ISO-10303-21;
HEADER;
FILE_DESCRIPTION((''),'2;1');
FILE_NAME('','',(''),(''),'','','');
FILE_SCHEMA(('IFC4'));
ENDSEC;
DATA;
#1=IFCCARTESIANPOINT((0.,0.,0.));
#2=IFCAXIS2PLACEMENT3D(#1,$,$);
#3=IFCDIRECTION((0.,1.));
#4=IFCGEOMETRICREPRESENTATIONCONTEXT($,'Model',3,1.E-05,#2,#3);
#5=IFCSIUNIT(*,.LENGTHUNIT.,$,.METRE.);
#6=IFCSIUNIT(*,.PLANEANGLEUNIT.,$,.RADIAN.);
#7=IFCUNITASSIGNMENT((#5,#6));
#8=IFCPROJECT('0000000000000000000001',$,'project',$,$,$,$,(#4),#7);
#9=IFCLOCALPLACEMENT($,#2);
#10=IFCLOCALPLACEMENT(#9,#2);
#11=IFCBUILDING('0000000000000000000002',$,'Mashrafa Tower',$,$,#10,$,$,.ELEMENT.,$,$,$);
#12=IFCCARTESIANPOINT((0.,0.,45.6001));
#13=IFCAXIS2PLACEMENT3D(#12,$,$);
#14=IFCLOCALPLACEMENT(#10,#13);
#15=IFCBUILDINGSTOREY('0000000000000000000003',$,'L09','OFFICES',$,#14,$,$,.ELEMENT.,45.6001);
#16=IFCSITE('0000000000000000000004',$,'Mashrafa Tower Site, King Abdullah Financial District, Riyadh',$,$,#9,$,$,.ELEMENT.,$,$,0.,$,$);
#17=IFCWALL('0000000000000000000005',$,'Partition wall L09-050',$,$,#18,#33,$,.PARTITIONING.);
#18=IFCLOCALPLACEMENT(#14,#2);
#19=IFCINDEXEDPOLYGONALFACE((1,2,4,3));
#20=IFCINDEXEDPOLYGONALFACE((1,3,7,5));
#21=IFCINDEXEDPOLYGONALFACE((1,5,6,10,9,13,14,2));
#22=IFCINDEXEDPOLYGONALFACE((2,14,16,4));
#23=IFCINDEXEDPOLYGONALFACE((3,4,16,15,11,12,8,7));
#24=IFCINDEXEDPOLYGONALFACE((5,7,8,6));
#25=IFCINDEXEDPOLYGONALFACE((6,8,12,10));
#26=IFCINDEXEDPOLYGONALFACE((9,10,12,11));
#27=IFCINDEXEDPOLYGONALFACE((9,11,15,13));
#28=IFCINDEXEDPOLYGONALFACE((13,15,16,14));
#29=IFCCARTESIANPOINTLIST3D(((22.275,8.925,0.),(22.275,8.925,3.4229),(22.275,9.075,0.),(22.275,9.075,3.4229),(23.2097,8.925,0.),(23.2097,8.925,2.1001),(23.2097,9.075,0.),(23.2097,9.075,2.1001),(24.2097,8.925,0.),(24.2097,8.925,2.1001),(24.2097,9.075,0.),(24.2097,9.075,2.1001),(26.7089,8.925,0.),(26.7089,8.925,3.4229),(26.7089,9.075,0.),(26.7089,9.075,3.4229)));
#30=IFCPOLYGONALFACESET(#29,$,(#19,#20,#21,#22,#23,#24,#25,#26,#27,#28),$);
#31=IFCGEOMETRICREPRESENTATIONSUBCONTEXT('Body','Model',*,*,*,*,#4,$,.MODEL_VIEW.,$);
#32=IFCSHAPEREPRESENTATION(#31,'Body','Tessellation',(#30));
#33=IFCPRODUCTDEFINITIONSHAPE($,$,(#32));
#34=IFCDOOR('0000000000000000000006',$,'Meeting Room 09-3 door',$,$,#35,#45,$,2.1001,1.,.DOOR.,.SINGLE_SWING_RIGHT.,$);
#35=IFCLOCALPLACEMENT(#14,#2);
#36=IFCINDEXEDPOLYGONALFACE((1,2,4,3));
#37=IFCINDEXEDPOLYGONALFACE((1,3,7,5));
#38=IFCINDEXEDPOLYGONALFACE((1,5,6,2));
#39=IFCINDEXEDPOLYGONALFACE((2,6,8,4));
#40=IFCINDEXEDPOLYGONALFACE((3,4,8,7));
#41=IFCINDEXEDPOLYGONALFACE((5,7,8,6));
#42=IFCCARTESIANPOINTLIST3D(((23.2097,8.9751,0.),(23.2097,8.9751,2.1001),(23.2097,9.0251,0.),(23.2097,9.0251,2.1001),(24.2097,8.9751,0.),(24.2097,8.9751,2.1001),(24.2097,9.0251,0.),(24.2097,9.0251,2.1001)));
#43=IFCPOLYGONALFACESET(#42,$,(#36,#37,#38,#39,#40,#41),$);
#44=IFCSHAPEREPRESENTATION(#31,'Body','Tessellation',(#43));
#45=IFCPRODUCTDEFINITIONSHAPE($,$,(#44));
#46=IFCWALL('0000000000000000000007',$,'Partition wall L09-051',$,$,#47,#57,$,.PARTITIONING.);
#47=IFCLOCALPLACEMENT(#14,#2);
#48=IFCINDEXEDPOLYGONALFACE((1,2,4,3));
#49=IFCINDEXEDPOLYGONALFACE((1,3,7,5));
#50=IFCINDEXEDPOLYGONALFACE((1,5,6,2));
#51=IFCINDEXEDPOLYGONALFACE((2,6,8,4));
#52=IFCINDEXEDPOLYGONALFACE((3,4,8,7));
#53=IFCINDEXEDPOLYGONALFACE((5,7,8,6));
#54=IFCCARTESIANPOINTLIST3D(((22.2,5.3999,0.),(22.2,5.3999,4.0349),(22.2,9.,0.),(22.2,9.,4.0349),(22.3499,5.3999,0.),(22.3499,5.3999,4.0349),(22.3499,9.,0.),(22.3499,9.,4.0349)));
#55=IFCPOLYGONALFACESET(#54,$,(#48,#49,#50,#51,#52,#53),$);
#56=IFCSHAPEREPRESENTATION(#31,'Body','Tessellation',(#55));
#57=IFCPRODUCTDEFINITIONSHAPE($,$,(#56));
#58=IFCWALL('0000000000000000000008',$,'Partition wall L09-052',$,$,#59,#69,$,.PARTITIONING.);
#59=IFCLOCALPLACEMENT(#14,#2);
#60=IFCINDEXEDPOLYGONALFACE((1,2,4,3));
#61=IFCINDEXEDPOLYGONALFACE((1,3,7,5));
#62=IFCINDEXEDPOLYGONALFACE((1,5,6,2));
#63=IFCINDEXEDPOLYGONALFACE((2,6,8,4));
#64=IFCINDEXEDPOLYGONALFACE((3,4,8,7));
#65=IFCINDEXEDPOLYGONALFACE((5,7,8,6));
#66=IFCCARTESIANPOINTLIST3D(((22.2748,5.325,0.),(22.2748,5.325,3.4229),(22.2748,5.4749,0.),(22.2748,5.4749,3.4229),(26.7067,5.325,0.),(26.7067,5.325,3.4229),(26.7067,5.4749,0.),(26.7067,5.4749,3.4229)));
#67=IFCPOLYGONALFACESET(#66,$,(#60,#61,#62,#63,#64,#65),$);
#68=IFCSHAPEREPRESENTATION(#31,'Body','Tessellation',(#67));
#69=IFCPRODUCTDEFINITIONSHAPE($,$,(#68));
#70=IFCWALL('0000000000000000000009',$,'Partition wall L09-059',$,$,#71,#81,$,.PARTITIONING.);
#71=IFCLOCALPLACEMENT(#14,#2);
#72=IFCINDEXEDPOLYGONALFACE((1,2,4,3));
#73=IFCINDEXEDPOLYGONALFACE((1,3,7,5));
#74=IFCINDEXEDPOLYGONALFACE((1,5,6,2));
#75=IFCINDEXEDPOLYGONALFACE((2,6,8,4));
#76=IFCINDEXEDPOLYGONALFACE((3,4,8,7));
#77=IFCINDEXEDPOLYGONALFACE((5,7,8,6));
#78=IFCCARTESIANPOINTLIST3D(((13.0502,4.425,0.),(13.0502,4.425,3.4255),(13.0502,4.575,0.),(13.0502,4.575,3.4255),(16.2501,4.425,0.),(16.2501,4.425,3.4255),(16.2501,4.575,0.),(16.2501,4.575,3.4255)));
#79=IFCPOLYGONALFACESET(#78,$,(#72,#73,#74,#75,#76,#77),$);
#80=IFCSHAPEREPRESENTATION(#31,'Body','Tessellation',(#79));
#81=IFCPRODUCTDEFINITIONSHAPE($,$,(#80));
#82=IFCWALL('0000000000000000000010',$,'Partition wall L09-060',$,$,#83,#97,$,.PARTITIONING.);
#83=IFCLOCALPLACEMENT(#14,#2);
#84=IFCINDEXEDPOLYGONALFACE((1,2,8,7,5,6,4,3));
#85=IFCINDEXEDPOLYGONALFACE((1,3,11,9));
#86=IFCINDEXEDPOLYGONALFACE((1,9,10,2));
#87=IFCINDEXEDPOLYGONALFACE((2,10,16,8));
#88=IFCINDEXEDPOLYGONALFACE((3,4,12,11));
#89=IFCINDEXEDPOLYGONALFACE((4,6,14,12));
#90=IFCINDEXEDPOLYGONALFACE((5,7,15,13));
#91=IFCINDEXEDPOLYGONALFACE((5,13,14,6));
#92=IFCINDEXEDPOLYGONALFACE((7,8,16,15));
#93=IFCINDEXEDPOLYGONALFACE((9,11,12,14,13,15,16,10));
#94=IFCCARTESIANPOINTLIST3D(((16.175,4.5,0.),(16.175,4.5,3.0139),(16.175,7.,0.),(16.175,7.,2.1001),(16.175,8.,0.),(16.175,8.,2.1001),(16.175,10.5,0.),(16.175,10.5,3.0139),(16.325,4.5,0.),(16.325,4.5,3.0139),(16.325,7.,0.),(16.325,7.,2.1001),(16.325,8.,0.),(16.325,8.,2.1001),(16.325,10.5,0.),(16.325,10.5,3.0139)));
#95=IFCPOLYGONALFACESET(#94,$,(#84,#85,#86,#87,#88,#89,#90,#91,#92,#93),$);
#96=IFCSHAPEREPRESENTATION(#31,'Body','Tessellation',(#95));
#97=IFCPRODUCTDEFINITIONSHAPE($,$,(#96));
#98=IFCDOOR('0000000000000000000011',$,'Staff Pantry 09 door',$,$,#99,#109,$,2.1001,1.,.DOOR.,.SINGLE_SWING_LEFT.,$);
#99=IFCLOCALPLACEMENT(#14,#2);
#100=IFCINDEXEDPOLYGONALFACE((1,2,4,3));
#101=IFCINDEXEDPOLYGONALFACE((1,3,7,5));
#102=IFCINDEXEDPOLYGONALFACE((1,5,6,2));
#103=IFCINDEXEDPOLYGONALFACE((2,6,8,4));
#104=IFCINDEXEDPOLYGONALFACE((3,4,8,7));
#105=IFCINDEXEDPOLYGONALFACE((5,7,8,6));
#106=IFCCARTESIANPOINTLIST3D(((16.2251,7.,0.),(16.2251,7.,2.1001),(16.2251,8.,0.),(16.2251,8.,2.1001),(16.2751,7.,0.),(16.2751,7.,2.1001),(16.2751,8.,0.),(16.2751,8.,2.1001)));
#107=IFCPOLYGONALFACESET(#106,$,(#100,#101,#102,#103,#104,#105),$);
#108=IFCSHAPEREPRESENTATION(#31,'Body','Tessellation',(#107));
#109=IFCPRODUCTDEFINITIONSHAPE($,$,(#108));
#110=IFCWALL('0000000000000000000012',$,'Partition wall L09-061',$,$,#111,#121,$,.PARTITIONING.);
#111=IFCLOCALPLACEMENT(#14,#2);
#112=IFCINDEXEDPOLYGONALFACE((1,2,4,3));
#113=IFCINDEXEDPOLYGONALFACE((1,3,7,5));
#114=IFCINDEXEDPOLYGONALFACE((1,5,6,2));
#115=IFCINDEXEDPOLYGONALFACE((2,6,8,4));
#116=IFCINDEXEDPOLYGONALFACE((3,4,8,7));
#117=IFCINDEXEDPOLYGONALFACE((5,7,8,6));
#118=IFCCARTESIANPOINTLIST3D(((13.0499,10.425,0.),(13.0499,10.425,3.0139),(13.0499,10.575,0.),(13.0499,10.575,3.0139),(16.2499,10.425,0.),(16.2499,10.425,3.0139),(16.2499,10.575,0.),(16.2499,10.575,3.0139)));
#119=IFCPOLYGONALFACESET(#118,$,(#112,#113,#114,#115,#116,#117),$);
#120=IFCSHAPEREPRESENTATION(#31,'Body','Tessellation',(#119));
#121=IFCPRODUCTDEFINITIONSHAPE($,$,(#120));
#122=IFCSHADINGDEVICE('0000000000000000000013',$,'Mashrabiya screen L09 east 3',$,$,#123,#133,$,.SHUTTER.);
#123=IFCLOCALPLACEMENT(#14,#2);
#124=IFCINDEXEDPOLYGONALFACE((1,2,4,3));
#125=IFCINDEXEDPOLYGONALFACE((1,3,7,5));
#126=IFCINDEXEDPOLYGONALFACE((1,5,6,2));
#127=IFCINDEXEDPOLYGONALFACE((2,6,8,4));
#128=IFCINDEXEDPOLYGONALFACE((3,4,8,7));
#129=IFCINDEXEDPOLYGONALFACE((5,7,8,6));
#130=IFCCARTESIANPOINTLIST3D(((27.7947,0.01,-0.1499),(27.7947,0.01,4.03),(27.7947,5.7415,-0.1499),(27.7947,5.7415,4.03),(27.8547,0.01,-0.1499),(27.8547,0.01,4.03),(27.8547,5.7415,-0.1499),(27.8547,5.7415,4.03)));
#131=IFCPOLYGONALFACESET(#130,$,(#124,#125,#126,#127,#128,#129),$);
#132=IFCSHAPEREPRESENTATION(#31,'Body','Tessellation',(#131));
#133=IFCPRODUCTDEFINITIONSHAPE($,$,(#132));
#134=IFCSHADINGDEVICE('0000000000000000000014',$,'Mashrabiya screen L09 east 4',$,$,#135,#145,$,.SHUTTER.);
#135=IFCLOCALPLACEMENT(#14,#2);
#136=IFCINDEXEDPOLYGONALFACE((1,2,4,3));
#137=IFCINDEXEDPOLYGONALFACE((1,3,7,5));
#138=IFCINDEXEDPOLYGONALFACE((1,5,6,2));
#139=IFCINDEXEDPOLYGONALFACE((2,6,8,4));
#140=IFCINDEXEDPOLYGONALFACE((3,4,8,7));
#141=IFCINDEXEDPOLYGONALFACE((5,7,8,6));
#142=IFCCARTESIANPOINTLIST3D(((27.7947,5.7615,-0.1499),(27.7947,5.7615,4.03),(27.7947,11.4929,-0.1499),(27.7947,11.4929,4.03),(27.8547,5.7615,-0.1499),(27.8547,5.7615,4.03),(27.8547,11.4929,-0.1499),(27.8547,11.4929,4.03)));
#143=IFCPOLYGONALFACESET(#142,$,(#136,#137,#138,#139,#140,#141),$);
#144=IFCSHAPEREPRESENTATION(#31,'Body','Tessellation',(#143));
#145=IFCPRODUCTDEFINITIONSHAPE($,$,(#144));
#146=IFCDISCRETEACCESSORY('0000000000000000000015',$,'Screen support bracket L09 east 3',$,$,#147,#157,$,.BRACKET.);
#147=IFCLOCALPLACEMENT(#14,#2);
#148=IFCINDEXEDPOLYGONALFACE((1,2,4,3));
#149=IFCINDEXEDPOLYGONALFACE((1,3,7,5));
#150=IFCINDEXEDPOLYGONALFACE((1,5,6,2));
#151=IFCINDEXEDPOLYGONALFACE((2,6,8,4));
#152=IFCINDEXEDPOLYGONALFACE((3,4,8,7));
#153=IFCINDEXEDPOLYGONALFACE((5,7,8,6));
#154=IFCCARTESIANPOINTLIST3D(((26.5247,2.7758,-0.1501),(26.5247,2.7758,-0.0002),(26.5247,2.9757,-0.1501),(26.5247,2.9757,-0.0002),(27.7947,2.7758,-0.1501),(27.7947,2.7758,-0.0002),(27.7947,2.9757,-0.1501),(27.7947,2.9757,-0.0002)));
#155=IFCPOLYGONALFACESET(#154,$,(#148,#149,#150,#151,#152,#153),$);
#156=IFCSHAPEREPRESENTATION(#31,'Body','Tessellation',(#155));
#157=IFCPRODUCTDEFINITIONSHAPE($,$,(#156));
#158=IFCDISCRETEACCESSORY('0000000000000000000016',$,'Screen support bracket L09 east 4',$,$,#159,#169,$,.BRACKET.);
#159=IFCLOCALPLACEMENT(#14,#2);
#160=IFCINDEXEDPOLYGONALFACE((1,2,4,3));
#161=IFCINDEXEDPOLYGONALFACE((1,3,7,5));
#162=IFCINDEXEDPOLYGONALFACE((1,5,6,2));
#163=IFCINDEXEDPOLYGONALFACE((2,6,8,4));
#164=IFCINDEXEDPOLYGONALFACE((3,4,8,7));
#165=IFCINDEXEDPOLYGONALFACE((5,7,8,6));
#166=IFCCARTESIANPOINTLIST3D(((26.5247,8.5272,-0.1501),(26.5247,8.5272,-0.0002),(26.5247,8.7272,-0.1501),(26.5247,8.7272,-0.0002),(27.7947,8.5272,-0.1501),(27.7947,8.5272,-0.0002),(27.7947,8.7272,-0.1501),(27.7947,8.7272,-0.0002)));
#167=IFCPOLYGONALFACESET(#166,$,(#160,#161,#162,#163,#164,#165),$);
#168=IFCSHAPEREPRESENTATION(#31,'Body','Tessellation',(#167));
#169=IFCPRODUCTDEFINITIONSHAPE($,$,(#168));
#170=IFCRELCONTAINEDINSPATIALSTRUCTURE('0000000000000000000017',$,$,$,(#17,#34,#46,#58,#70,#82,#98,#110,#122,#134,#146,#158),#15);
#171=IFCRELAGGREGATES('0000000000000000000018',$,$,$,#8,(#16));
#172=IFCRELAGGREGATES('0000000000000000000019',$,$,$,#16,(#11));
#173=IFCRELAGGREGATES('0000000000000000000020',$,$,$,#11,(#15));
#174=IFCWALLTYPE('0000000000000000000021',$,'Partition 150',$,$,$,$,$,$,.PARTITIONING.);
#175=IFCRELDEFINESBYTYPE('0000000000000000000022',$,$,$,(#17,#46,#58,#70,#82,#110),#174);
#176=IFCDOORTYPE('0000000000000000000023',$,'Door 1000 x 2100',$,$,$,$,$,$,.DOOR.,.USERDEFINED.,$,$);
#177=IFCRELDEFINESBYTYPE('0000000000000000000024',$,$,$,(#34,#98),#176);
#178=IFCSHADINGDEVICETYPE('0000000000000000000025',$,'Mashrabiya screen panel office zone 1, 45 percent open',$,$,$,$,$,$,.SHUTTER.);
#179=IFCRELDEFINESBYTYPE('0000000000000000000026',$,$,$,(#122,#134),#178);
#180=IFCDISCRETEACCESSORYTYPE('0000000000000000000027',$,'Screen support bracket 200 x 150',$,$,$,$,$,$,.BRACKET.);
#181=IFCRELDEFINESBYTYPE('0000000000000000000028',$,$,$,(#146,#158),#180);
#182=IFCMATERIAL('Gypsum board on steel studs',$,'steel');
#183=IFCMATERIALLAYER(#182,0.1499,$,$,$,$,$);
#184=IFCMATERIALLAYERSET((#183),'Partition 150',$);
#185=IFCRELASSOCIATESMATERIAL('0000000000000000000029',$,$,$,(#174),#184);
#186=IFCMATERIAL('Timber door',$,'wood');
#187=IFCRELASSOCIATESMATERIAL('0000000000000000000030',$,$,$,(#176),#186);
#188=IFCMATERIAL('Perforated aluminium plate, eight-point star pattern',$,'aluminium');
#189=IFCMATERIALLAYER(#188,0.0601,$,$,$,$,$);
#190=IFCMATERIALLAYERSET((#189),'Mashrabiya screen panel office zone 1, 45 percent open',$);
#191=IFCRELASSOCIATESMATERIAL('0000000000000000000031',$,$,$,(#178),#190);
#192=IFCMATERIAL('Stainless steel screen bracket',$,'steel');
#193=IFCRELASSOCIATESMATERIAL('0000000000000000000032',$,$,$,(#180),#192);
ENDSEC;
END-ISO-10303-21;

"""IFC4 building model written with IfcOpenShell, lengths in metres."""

from ifc_helpers import new_model, si_unit, direction, frame, frame_2d, origin, origin_2d, place, context, subcontext, project, spatial, rectangle, extrude, source, transform, mapped, material, layer, layer_set, type_object, type_shapes, element, fill, save


model = new_model("IFC4")

# Units and contexts
model_context = context("Model", 3, precision=1e-05, world=origin(), true_north=direction((0.0, 1.0)))
body_context = subcontext(model_context, "Body", "Model", "MODEL_VIEW")
ifc_project = project(units=[si_unit("LENGTHUNIT", "METRE"), si_unit("PLANEANGLEUNIT", "RADIAN")], contexts=[model_context])

# Site, building, storey
site_placement = place(None, origin())
site = spatial("IfcSite", under=ifc_project, at=site_placement, Name="Mashrafa Tower Site, King Abdullah Financial District, Riyadh", CompositionType="ELEMENT", RefElevation=0.0)
building_placement = place(site_placement, origin())
building = spatial("IfcBuilding", under=site, at=building_placement, Name="Mashrafa Tower", CompositionType="ELEMENT")
storey_placement = place(building_placement, frame((0.0, 0.0, 45.6001)))
storey = spatial("IfcBuildingStorey", under=building, at=storey_placement, Name="L09", Description="OFFICES", CompositionType="ELEMENT", Elevation=45.6001)

# Wall, opening, door
ifc_material_1 = material(Name="Gypsum board on steel studs", Category="steel")
ifc_layer_1 = layer(ifc_material_1, 0.1499)
ifc_layer_set_1 = layer_set([ifc_layer_1], Name="Partition 150")
wall_type_1 = type_object("IfcWallType", Name="Partition 150", PredefinedType="PARTITIONING", material=ifc_layer_set_1)
wall_1_placement = place(storey_placement, frame((26.7087, 9.0, 0.0), z_axis=(0.0, 0.0, 1.0), x_axis=(-1.0, 0.0, 0.0)))
wall_1 = element("IfcWall", 1, at=wall_1_placement, inside=storey, type_object=wall_type_1, Name="Partition wall L09-050", PredefinedType="PARTITIONING", context=body_context, shape_type="SweptSolid", body=[
    extrude(rectangle(XDim=4.4338, YDim=0.1499, at=frame_2d((2.2168, 0.0))), origin(), (0.0, 0.0, 1.0), 3.4229),
])
opening_1_placement = place(wall_1_placement, frame((2.499, 0.0, 0.0)))
opening_1 = element("IfcOpeningElement", 2, at=opening_1_placement, cuts=wall_1, PredefinedType="OPENING", context=body_context, shape_type="SweptSolid", body=[
    extrude(rectangle(XDim=1.0, YDim=2.1001, at=frame_2d((0.5, 1.05))), frame((0.0, 0.085, 0.0), z_axis=(0.0, -1.0, 0.0), x_axis=(1.0, 0.0, 0.0)), (0.0, 0.0, 1.0), 0.1699),
])
ifc_material_2 = material(Name="Timber door", Category="wood")
door_type = type_object("IfcDoorType", Name="Door 1000 x 2100", OperationType="USERDEFINED", PredefinedType="DOOR", material=ifc_material_2)
door_1_placement = place(opening_1_placement, origin())
door_1 = element("IfcDoor", 3, at=door_1_placement, inside=storey, type_object=door_type, Name="Meeting Room 09-3 door", OperationType="SINGLE_SWING_RIGHT", OverallHeight=2.1001, OverallWidth=1.0, PredefinedType="DOOR", context=body_context, shape_type="SweptSolid", body=[
    extrude(rectangle(XDim=1.0, YDim=2.1001, at=frame_2d((0.5, 1.05))), frame((0.0, 0.0249, 0.0), z_axis=(0.0, -1.0, 0.0), x_axis=(1.0, 0.0, 0.0)), (0.0, 0.0, 1.0), 0.05),
])
fill(opening_1, door_1)

# Walls
wall_2_placement = place(storey_placement, frame((22.2749, 9.0, 0.0), z_axis=(0.0, 0.0, 1.0), x_axis=(0.0, -1.0, 0.0)))
element("IfcWall", 4, at=wall_2_placement, inside=storey, type_object=wall_type_1, Name="Partition wall L09-051", PredefinedType="PARTITIONING", context=body_context, shape_type="SweptSolid", body=[
    extrude(rectangle(XDim=3.6001, YDim=0.1499, at=frame_2d((1.8, 0.0))), origin(), (0.0, 0.0, 1.0), 4.0349),
])
wall_3_placement = place(storey_placement, frame((22.2749, 5.3999, 0.0), z_axis=(0.0, 0.0, 1.0), x_axis=(1.0, 0.0, 0.0)))
element("IfcWall", 5, at=wall_3_placement, inside=storey, type_object=wall_type_1, Name="Partition wall L09-052", PredefinedType="PARTITIONING", context=body_context, shape_type="SweptSolid", body=[
    extrude(rectangle(XDim=4.4319, YDim=0.1499, at=frame_2d((2.2158, 0.0))), origin(), (0.0, 0.0, 1.0), 3.4229),
])
wall_4_placement = place(storey_placement, frame((13.05, 4.5, 0.0), z_axis=(0.0, 0.0, 1.0), x_axis=(1.0, 0.0, 0.0)))
element("IfcWall", 6, at=wall_4_placement, inside=storey, type_object=wall_type_1, Name="Partition wall L09-059", PredefinedType="PARTITIONING", context=body_context, shape_type="SweptSolid", body=[
    extrude(rectangle(XDim=3.2, YDim=0.1499, at=frame_2d((1.6001, 0.0))), origin(), (0.0, 0.0, 1.0), 3.4255),
])

# Wall, opening, door
wall_5_placement = place(storey_placement, frame((16.25, 4.5, 0.0), z_axis=(0.0, 0.0, 1.0), x_axis=(0.0, 1.0, 0.0)))
wall_5 = element("IfcWall", 7, at=wall_5_placement, inside=storey, type_object=wall_type_1, Name="Partition wall L09-060", PredefinedType="PARTITIONING", context=body_context, shape_type="SweptSolid", body=[
    extrude(rectangle(XDim=6.0, YDim=0.1499, at=frame_2d((3.0, 0.0))), origin(), (0.0, 0.0, 1.0), 3.0139),
])
opening_2_placement = place(wall_5_placement, frame((2.5, 0.0, 0.0)))
opening_2 = element("IfcOpeningElement", 8, at=opening_2_placement, cuts=wall_5, PredefinedType="OPENING", context=body_context, shape_type="SweptSolid", body=[
    extrude(rectangle(XDim=1.0, YDim=2.1001, at=frame_2d((0.5, 1.05))), frame((0.0, 0.085, 0.0), z_axis=(0.0, -1.0, 0.0), x_axis=(1.0, 0.0, 0.0)), (0.0, 0.0, 1.0), 0.1699),
])
door_2_placement = place(opening_2_placement, origin())
door_2 = element("IfcDoor", 9, at=door_2_placement, inside=storey, type_object=door_type, Name="Staff Pantry 09 door", OperationType="SINGLE_SWING_LEFT", OverallHeight=2.1001, OverallWidth=1.0, PredefinedType="DOOR", context=body_context, shape_type="SweptSolid", body=[
    extrude(rectangle(XDim=1.0, YDim=2.1001, at=frame_2d((0.5, 1.05))), frame((0.0, 0.0249, 0.0), z_axis=(0.0, -1.0, 0.0), x_axis=(1.0, 0.0, 0.0)), (0.0, 0.0, 1.0), 0.05),
])
fill(opening_2, door_2)

# Wall
wall_6_placement = place(storey_placement, frame((16.25, 10.5, 0.0), z_axis=(0.0, 0.0, 1.0), x_axis=(-1.0, 0.0, 0.0)))
element("IfcWall", 10, at=wall_6_placement, inside=storey, type_object=wall_type_1, Name="Partition wall L09-061", PredefinedType="PARTITIONING", context=body_context, shape_type="SweptSolid", body=[
    extrude(rectangle(XDim=3.2, YDim=0.1499, at=frame_2d((1.6001, 0.0))), origin(), (0.0, 0.0, 1.0), 3.0139),
])

# Shading devices
ifc_material_3 = material(Name="Perforated aluminium plate, eight-point star pattern", Category="aluminium")
ifc_layer_2 = layer(ifc_material_3, 0.0601)
ifc_layer_set_2 = layer_set([ifc_layer_2], Name="Mashrabiya screen panel office zone 1, 45 percent open")
shading_device_type = type_object("IfcShadingDeviceType", Name="Mashrabiya screen panel office zone 1, 45 percent open", PredefinedType="SHUTTER", material=ifc_layer_set_2)
shared_shape_1 = source(origin(), body_context, "Body", "SweptSolid", [
    extrude(rectangle(XDim=5.7314, YDim=0.0601, at=origin_2d()), origin(), (0.0, 0.0, 1.0), 4.1799),
])
type_shapes(shading_device_type, [shared_shape_1])
for number, where, z_axis, x_axis, name in (
    (11, (27.8247, 2.8757, -0.1499), (0.0, 0.0, 1.0), (0.0, 1.0, 0.0), "Mashrabiya screen L09 east 3"),
    (12, (27.8247, 8.6272, -0.1499), (0.0, 0.0, 1.0), (0.0, 1.0, 0.0), "Mashrabiya screen L09 east 4"),
):
    element("IfcShadingDevice", number, at=place(storey_placement, frame(where, z_axis=z_axis, x_axis=x_axis)), inside=storey, type_object=shading_device_type, Name=name, PredefinedType="SHUTTER", context=body_context, shape_type="MappedRepresentation", body=[
        mapped(shared_shape_1, transform((0.0, 0.0, 0.0))),
    ])

# Discrete accessories
ifc_material_4 = material(Name="Stainless steel screen bracket", Category="steel")
discrete_accessory_type = type_object("IfcDiscreteAccessoryType", Name="Screen support bracket 200 x 150", PredefinedType="BRACKET", material=ifc_material_4)
shared_shape_2 = source(origin(), body_context, "Body", "SweptSolid", [
    extrude(rectangle(XDim=0.2, YDim=1.27, at=origin_2d()), origin(), (0.0, 0.0, 1.0), 0.1499),
])
type_shapes(discrete_accessory_type, [shared_shape_2])
for number, where, z_axis, x_axis, name in (
    (13, (27.1597, 2.8757, -0.1501), (0.0, 0.0, 1.0), (0.0, 1.0, 0.0), "Screen support bracket L09 east 3"),
    (14, (27.1597, 8.6272, -0.1501), (0.0, 0.0, 1.0), (0.0, 1.0, 0.0), "Screen support bracket L09 east 4"),
):
    element("IfcDiscreteAccessory", number, at=place(storey_placement, frame(where, z_axis=z_axis, x_axis=x_axis)), inside=storey, type_object=discrete_accessory_type, Name=name, PredefinedType="BRACKET", context=body_context, shape_type="MappedRepresentation", body=[
        mapped(shared_shape_2, transform((0.0, 0.0, 0.0))),
    ])

save(model, "model.ifc")
